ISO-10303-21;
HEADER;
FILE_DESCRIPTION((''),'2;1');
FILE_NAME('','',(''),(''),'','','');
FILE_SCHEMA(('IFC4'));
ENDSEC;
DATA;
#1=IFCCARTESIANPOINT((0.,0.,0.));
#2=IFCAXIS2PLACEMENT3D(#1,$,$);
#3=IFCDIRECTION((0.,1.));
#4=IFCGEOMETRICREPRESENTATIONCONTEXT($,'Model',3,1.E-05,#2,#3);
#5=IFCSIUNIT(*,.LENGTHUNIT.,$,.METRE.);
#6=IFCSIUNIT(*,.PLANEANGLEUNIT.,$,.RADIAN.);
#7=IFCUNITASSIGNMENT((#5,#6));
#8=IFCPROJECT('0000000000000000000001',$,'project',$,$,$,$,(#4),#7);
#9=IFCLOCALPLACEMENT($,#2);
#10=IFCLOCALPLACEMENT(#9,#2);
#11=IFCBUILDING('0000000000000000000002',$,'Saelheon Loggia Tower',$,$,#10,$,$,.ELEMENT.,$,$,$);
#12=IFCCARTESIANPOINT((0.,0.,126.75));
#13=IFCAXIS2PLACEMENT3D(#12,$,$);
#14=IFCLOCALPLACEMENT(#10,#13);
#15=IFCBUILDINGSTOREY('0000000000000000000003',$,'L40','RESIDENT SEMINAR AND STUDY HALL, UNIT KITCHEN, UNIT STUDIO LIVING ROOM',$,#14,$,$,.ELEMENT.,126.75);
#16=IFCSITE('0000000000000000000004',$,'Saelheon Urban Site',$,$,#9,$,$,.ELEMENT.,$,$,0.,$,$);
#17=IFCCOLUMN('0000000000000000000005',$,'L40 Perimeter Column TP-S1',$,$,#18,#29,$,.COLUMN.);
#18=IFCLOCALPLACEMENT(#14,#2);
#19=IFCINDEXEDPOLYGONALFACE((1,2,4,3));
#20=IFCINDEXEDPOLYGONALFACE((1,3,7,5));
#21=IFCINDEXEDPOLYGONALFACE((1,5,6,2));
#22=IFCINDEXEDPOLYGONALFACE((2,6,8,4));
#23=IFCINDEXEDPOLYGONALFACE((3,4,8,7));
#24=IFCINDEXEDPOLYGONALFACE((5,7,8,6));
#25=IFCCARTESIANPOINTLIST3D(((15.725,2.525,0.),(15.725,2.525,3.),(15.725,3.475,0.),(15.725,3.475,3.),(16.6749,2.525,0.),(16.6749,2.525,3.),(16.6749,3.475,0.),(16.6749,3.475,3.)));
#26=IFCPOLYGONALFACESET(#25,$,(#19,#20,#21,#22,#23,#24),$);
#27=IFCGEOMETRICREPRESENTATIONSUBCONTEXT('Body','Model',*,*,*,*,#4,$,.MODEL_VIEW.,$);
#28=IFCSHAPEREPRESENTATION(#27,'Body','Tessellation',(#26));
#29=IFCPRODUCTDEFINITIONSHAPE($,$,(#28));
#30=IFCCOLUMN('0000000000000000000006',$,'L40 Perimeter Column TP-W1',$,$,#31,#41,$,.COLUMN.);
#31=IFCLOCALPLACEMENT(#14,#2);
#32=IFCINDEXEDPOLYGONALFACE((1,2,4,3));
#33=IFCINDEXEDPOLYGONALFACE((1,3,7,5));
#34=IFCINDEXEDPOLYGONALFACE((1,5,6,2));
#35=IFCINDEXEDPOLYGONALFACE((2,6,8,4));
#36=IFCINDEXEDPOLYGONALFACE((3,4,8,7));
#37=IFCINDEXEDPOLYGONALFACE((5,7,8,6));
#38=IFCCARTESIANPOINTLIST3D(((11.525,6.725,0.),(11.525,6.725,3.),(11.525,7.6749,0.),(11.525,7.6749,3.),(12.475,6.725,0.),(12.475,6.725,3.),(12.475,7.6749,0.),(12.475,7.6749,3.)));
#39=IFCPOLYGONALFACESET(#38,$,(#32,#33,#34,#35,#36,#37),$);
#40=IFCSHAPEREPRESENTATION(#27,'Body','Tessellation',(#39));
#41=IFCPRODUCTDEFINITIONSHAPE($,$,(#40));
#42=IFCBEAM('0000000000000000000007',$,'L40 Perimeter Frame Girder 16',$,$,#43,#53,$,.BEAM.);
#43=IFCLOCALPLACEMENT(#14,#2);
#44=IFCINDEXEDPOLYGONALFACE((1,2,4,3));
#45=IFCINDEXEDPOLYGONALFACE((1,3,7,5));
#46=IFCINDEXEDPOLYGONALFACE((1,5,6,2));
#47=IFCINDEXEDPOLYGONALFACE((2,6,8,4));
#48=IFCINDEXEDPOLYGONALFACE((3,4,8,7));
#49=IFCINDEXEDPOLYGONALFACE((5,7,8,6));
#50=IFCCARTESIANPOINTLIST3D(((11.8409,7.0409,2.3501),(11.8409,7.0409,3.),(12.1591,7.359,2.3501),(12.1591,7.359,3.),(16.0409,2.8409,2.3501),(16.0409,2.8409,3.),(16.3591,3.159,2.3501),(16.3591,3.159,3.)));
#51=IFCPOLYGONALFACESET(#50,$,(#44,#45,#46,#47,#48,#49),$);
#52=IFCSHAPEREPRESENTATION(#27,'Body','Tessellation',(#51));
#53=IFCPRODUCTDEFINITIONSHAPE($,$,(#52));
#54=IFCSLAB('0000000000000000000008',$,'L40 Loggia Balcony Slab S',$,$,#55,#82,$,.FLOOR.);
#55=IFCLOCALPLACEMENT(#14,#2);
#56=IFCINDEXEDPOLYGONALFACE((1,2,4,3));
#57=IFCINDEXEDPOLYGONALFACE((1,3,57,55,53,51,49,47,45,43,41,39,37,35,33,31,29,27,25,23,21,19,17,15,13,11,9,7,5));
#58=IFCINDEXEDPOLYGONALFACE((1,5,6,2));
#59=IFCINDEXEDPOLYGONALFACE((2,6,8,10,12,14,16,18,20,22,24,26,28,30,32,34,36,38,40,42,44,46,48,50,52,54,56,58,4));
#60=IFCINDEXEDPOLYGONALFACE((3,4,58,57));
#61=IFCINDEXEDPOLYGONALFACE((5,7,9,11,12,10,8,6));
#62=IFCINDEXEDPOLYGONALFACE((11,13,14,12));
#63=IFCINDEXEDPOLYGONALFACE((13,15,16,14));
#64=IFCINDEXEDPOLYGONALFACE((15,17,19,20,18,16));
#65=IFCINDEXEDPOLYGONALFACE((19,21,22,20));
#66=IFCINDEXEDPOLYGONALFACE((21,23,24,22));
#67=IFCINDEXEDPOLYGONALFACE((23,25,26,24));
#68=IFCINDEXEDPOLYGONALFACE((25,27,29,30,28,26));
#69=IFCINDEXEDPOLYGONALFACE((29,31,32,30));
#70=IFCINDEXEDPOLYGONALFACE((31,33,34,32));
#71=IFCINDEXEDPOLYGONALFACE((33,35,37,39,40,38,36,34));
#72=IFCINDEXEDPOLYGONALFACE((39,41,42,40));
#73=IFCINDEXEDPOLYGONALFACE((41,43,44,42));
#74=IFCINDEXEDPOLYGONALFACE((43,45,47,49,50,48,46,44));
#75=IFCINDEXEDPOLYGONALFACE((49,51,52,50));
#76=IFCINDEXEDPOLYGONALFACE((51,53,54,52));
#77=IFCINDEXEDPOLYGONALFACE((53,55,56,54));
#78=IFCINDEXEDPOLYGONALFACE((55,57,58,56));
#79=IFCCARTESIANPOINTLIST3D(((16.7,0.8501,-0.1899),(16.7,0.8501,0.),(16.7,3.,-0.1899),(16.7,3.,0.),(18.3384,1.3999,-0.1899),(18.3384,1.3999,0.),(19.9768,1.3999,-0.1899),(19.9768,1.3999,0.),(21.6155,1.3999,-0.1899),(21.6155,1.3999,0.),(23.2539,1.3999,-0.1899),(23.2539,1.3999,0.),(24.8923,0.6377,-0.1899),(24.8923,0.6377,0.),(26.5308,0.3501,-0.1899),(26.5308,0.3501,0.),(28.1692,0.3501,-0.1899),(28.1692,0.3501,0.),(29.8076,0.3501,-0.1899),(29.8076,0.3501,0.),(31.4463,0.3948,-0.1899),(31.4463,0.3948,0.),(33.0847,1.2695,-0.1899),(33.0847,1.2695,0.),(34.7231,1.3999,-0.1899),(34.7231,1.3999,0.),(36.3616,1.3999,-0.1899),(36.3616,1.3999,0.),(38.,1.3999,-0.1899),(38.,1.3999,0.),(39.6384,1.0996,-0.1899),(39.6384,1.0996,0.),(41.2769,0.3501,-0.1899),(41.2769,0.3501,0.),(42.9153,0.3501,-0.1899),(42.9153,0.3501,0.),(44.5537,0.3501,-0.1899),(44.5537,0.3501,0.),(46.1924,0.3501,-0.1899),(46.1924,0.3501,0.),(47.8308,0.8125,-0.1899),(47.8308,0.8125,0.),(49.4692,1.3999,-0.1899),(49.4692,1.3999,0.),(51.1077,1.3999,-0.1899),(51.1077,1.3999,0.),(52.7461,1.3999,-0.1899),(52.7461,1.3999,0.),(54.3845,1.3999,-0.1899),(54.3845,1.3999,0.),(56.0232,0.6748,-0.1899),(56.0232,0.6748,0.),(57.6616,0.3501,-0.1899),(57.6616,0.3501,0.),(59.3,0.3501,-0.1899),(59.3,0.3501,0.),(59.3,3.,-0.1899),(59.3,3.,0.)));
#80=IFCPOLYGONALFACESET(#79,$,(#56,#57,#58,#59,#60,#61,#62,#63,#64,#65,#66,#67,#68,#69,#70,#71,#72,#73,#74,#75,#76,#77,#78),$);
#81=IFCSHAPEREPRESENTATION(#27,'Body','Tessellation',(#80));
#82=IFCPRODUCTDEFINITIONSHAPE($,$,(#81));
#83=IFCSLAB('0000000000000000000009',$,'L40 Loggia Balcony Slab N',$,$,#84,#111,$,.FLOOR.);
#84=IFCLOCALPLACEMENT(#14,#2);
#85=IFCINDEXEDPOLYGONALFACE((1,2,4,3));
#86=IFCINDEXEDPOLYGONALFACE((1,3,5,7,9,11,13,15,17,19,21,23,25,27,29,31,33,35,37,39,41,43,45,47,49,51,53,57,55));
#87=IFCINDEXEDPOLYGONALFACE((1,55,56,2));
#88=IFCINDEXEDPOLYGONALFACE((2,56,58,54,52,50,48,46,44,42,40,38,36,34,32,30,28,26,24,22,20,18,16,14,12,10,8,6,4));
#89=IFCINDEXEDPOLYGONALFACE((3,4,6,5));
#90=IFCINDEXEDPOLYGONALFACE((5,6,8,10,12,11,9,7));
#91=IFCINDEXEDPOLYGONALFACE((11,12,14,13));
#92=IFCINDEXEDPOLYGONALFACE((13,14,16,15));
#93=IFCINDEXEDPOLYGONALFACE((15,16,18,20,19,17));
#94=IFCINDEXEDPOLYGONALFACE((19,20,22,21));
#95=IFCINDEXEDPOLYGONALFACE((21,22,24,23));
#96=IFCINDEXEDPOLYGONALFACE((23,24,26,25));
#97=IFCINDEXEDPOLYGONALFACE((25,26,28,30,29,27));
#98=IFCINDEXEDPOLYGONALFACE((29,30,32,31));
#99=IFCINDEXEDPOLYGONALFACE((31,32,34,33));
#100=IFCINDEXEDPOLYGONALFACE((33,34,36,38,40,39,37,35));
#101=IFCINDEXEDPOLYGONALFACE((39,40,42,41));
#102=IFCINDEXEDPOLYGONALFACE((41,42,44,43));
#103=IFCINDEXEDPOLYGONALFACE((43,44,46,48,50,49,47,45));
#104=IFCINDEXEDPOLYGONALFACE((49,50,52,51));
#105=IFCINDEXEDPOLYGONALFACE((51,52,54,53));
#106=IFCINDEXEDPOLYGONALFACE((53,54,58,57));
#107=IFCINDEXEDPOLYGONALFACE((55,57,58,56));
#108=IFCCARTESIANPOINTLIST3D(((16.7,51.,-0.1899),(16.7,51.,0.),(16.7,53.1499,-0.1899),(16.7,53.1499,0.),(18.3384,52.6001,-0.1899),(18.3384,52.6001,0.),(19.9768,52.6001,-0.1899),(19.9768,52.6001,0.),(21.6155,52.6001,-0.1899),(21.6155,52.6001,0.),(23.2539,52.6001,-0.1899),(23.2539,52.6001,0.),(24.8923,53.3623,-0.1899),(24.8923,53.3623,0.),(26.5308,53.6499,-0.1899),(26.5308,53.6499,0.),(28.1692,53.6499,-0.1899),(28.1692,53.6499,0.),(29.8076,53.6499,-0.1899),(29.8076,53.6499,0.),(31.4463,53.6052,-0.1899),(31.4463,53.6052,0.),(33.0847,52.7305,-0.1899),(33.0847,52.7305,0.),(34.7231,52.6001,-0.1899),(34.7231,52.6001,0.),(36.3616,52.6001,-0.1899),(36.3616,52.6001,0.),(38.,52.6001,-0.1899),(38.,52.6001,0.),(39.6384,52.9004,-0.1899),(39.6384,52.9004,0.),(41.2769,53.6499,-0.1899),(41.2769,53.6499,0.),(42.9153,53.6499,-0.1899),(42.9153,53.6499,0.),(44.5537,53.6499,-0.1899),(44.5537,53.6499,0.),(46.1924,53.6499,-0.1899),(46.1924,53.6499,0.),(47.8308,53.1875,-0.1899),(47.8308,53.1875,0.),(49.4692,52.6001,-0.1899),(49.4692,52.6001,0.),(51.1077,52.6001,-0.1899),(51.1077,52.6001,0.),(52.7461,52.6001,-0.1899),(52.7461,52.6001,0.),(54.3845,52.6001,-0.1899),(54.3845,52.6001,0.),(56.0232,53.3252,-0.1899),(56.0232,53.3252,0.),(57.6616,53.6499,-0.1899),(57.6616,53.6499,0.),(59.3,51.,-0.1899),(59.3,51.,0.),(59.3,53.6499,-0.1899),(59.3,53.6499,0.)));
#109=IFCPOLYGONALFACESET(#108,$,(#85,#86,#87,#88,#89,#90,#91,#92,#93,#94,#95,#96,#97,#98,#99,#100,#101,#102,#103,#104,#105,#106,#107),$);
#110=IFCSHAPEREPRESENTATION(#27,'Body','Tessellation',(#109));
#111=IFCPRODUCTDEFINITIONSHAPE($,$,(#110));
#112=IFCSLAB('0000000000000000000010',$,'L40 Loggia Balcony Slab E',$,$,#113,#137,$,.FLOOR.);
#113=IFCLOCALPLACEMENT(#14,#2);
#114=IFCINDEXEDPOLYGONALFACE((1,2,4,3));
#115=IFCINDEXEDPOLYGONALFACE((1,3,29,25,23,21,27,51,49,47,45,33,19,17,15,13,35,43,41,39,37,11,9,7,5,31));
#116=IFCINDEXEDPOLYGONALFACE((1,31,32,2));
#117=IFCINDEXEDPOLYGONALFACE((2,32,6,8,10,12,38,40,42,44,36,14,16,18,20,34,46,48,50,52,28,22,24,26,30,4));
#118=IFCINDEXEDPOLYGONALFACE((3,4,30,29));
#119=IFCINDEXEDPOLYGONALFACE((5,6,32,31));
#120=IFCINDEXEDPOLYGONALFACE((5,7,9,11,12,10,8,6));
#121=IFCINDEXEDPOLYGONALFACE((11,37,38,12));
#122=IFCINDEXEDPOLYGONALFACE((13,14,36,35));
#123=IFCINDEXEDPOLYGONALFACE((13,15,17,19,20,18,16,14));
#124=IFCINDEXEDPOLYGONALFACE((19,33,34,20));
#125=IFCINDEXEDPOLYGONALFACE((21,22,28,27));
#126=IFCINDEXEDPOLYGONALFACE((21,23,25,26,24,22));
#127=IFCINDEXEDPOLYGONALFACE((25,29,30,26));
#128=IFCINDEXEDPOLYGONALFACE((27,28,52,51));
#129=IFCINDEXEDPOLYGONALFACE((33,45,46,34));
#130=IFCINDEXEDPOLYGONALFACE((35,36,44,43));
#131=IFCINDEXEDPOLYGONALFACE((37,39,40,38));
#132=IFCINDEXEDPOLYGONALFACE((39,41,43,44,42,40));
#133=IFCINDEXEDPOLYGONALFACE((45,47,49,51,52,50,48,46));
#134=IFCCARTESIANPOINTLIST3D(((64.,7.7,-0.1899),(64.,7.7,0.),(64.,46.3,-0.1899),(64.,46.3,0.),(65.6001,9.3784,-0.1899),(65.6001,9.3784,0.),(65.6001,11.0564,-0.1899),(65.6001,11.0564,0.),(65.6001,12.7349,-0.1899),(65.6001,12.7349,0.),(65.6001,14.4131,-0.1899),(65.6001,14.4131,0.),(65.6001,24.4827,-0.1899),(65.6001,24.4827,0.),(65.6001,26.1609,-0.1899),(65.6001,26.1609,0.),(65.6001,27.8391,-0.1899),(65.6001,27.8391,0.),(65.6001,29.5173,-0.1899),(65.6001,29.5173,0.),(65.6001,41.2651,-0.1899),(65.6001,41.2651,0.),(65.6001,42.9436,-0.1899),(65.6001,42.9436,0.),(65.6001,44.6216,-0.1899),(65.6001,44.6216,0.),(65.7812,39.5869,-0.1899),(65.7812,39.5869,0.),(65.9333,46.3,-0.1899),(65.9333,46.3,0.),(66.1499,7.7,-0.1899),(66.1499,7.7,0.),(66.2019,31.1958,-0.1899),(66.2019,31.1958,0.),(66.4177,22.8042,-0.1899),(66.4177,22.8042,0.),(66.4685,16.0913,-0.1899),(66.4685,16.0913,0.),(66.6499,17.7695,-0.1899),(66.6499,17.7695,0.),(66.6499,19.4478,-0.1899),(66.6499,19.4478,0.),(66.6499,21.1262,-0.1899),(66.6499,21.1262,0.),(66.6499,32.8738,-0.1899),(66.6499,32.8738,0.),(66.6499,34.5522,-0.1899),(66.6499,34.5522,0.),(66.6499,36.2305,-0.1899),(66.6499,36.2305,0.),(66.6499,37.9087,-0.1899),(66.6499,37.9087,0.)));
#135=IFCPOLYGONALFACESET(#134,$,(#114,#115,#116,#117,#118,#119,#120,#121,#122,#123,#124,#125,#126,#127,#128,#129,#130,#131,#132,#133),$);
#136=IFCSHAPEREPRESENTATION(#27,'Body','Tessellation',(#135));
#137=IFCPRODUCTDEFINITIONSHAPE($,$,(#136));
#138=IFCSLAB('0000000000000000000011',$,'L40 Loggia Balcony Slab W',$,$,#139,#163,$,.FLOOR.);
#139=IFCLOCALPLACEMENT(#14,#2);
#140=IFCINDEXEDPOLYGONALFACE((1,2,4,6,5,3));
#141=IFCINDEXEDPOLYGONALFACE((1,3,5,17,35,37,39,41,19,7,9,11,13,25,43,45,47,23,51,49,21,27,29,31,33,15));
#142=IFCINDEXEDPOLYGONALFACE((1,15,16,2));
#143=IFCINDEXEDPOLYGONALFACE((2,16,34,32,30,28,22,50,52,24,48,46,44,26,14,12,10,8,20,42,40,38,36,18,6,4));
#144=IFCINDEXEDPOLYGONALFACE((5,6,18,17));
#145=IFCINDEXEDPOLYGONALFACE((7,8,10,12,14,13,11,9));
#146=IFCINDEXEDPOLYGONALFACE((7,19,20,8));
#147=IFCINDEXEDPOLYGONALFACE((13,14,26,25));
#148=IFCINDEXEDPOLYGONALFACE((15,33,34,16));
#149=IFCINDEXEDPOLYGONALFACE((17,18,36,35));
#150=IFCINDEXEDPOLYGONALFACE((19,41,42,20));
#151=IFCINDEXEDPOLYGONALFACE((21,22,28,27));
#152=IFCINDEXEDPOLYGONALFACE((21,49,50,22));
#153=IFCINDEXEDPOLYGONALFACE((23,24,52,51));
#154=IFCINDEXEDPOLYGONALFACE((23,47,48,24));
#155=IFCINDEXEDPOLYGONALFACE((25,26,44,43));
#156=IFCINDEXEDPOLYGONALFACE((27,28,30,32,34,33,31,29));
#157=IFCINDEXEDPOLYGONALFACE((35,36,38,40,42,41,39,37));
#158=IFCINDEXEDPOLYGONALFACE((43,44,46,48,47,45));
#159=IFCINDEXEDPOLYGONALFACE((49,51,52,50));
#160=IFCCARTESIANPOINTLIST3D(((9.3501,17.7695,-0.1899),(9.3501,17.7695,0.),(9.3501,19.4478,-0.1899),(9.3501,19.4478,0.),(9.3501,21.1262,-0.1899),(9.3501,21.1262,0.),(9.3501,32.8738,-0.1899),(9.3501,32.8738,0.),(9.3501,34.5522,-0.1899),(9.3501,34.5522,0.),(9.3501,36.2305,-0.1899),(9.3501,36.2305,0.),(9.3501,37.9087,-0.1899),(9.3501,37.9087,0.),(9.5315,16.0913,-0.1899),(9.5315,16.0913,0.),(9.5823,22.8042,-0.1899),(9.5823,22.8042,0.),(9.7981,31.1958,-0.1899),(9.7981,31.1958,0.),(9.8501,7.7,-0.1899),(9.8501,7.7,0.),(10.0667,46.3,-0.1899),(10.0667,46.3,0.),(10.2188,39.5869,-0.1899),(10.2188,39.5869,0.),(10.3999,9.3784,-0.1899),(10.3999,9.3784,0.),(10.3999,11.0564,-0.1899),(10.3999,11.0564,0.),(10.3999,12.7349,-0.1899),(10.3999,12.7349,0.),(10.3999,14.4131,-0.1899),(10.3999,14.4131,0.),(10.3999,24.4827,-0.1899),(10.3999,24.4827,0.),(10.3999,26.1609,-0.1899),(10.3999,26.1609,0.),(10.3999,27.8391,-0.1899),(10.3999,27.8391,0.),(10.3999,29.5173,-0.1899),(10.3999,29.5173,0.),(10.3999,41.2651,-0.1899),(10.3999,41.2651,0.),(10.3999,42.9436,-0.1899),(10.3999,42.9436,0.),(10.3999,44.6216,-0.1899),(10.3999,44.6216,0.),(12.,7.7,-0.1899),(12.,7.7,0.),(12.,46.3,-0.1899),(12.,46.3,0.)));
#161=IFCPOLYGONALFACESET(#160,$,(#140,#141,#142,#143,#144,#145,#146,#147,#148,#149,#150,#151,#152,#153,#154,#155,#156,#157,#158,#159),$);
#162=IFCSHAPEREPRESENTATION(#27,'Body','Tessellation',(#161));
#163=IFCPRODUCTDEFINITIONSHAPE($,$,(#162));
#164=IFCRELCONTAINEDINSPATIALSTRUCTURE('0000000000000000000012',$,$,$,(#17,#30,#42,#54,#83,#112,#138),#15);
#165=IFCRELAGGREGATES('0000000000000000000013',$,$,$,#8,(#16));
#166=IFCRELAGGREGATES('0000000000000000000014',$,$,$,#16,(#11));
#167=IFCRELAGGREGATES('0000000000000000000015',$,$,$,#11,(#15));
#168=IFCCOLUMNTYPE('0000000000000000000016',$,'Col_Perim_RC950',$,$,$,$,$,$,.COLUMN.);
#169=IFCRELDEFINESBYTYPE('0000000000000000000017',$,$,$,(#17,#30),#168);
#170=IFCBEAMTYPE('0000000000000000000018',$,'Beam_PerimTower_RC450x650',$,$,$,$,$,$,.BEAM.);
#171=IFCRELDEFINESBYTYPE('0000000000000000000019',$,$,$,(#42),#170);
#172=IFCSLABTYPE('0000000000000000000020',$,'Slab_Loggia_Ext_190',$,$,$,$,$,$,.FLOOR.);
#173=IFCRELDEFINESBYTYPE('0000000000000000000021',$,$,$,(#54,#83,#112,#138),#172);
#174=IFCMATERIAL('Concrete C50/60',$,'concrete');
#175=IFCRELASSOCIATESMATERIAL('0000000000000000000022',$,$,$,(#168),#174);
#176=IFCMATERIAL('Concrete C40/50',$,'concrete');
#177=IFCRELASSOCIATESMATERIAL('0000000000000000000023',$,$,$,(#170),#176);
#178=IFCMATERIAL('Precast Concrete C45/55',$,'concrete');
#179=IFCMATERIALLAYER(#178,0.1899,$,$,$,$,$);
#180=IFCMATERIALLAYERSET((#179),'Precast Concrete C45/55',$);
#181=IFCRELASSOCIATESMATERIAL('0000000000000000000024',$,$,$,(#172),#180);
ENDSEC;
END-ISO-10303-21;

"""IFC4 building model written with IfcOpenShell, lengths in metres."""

from ifc_helpers import new_model, si_unit, direction, frame, origin, origin_2d, place, context, subcontext, project, spatial, polyline, rectangle, outline, extrude, source, transform, mapped, material, layer, layer_set, material_profile, profile_set, type_object, element, save


model = new_model("IFC4")

# Units and contexts
model_context = context("Model", 3, precision=1e-05, world=origin(), true_north=direction((0.0, 1.0)))
body_context = subcontext(model_context, "Body", "Model", "MODEL_VIEW")
ifc_project = project(units=[si_unit("LENGTHUNIT", "METRE"), si_unit("PLANEANGLEUNIT", "RADIAN")], contexts=[model_context])

# Site, building, storey
site_placement = place(None, origin())
site = spatial("IfcSite", under=ifc_project, at=site_placement, Name="Saelheon Urban Site", CompositionType="ELEMENT", RefElevation=0.0)
building_placement = place(site_placement, origin())
building = spatial("IfcBuilding", under=site, at=building_placement, Name="Saelheon Loggia Tower", CompositionType="ELEMENT")
storey_placement = place(building_placement, frame((0.0, 0.0, 126.75)))
storey = spatial("IfcBuildingStorey", under=building, at=storey_placement, Name="L40", Description="RESIDENT SEMINAR AND STUDY HALL, UNIT KITCHEN, UNIT STUDIO LIVING ROOM", CompositionType="ELEMENT", Elevation=126.75)

# Columns
ifc_material_1 = material(Name="Concrete C50/60", Category="concrete")
ifc_material_profile_1 = material_profile(ifc_material_1, rectangle(XDim=0.95, YDim=0.95, at=origin_2d()), Name="RC-950x950")
ifc_profile_set_1 = profile_set([ifc_material_profile_1], Name="Concrete C50/60")
column_type = type_object("IfcColumnType", Name="Col_Perim_RC950", PredefinedType="COLUMN", material=ifc_profile_set_1)
shared_shape_1 = source(origin(), body_context, "Body", "SweptSolid", [
    extrude(rectangle(XDim=0.95, YDim=0.95, at=origin_2d()), origin(), (0.0, 0.0, 1.0), 3.0),
])
for number, where, z_axis, x_axis, name in (
    (1, (16.2, 3.0, 0.0), (0.0, 0.0, 1.0), (1.0, 0.0, 0.0), "L40 Perimeter Column TP-S1"),
    (2, (12.0, 7.2, 0.0), (0.0, 0.0, 1.0), (1.0, 0.0, 0.0), "L40 Perimeter Column TP-W1"),
):
    element("IfcColumn", number, at=place(storey_placement, frame(where, z_axis=z_axis, x_axis=x_axis)), inside=storey, type_object=column_type, Name=name, PredefinedType="COLUMN", context=body_context, shape_type="MappedRepresentation", body=[
        mapped(shared_shape_1, transform((0.0, 0.0, 0.0), scale=1.0)),
    ])

# Beam
ifc_material_2 = material(Name="Concrete C40/50", Category="concrete")
ifc_material_profile_2 = material_profile(ifc_material_2, rectangle(XDim=0.45, YDim=0.6499, at=origin_2d()), Name="RC-450x650")
ifc_profile_set_2 = profile_set([ifc_material_profile_2], Name="Concrete C40/50")
beam_type = type_object("IfcBeamType", Name="Beam_PerimTower_RC450x650", PredefinedType="BEAM", material=ifc_profile_set_2)
shared_shape_2 = source(origin(), body_context, "Body", "SweptSolid", [
    extrude(rectangle(XDim=0.45, YDim=0.6499, at=origin_2d()), origin(), (0.0, 0.0, 1.0), 5.9397),
])
beam_placement = place(storey_placement, frame((12.0, 7.2, 2.675), z_axis=(0.707107, -0.707107, 0.0), x_axis=(0.707107, 0.707107, 0.0)))
element("IfcBeam", 3, at=beam_placement, inside=storey, type_object=beam_type, Name="L40 Perimeter Frame Girder 16", PredefinedType="BEAM", context=body_context, shape_type="MappedRepresentation", body=[
    mapped(shared_shape_2, transform((0.0, 0.0, 0.0), scale=1.0)),
])

# Slabs
ifc_material_3 = material(Name="Precast Concrete C45/55", Category="concrete")
ifc_layer_1 = layer(ifc_material_3, 0.1899)
ifc_layer_set_1 = layer_set([ifc_layer_1], Name="Precast Concrete C45/55")
slab_type_1 = type_object("IfcSlabType", Name="Slab_Loggia_Ext_190", PredefinedType="FLOOR", material=ifc_layer_set_1)
slab_1_placement = place(storey_placement, frame((0.0, 0.0, -0.1899)))
element("IfcSlab", 4, at=slab_1_placement, inside=storey, type_object=slab_type_1, Name="L40 Loggia Balcony Slab S", PredefinedType="FLOOR", context=body_context, shape_type="SweptSolid", body=[
    extrude(outline(polyline([(16.7, 0.8501), (18.3384, 1.3999), (19.9768, 1.3999), (21.6155, 1.3999), (23.2539, 1.3999), (24.8923, 0.6377), (26.5308, 0.3501), (28.1692, 0.3501), (29.8076, 0.3501), (31.4463, 0.3948), (33.0847, 1.2695), (34.7231, 1.3999), (36.3616, 1.3999), (38.0, 1.3999), (39.6384, 1.0996), (41.2769, 0.3501), (42.9153, 0.3501), (44.5537, 0.3501), (46.1924, 0.3501), (47.8308, 0.8125), (49.4692, 1.3999), (51.1077, 1.3999), (52.7461, 1.3999), (54.3845, 1.3999), (56.0232, 0.6748), (57.6616, 0.3501), (59.3, 0.3501), (59.3, 3.0), (16.7, 3.0), (16.7, 0.8501)])), origin(), (0.0, 0.0, 1.0), 0.1899),
])
slab_2_placement = place(storey_placement, frame((0.0, 0.0, -0.1899)))
element("IfcSlab", 5, at=slab_2_placement, inside=storey, type_object=slab_type_1, Name="L40 Loggia Balcony Slab N", PredefinedType="FLOOR", context=body_context, shape_type="SweptSolid", body=[
    extrude(outline(polyline([(16.7, 51.0), (59.3, 51.0), (59.3, 53.6499), (57.6616, 53.6499), (56.0232, 53.3252), (54.3845, 52.6001), (52.7461, 52.6001), (51.1077, 52.6001), (49.4692, 52.6001), (47.8308, 53.1875), (46.1924, 53.6499), (44.5537, 53.6499), (42.9153, 53.6499), (41.2769, 53.6499), (39.6384, 52.9004), (38.0, 52.6001), (36.3616, 52.6001), (34.7231, 52.6001), (33.0847, 52.7305), (31.4463, 53.6052), (29.8076, 53.6499), (28.1692, 53.6499), (26.5308, 53.6499), (24.8923, 53.3623), (23.2539, 52.6001), (21.6155, 52.6001), (19.9768, 52.6001), (18.3384, 52.6001), (16.7, 53.1499), (16.7, 51.0)])), origin(), (0.0, 0.0, 1.0), 0.1899),
])
slab_3_placement = place(storey_placement, frame((0.0, 0.0, -0.1899)))
element("IfcSlab", 6, at=slab_3_placement, inside=storey, type_object=slab_type_1, Name="L40 Loggia Balcony Slab E", PredefinedType="FLOOR", context=body_context, shape_type="SweptSolid", body=[
    extrude(outline(polyline([(64.0, 7.7), (66.1499, 7.7), (65.6001, 9.3784), (65.6001, 11.0564), (65.6001, 12.7349), (65.6001, 14.4131), (66.4685, 16.0913), (66.6499, 17.7695), (66.6499, 19.4478), (66.6499, 21.1262), (66.4177, 22.8042), (65.6001, 24.4827), (65.6001, 26.1609), (65.6001, 27.8391), (65.6001, 29.5173), (66.2019, 31.1958), (66.6499, 32.8738), (66.6499, 34.5522), (66.6499, 36.2305), (66.6499, 37.9087), (65.7812, 39.5869), (65.6001, 41.2651), (65.6001, 42.9436), (65.6001, 44.6216), (65.9333, 46.3), (64.0, 46.3), (64.0, 7.7)])), origin(), (0.0, 0.0, 1.0), 0.1899),
])
slab_4_placement = place(storey_placement, frame((0.0, 0.0, -0.1899)))
element("IfcSlab", 7, at=slab_4_placement, inside=storey, type_object=slab_type_1, Name="L40 Loggia Balcony Slab W", PredefinedType="FLOOR", context=body_context, shape_type="SweptSolid", body=[
    extrude(outline(polyline([(12.0, 7.7), (12.0, 46.3), (10.0667, 46.3), (10.3999, 44.6216), (10.3999, 42.9436), (10.3999, 41.2651), (10.2188, 39.5869), (9.3501, 37.9087), (9.3501, 36.2305), (9.3501, 34.5522), (9.3501, 32.8738), (9.7981, 31.1958), (10.3999, 29.5173), (10.3999, 27.8391), (10.3999, 26.1609), (10.3999, 24.4827), (9.5823, 22.8042), (9.3501, 21.1262), (9.3501, 19.4478), (9.3501, 17.7695), (9.5315, 16.0913), (10.3999, 14.4131), (10.3999, 12.7349), (10.3999, 11.0564), (10.3999, 9.3784), (9.8501, 7.7), (12.0, 7.7)])), origin(), (0.0, 0.0, 1.0), 0.1899),
])

save(model, "model.ifc")
